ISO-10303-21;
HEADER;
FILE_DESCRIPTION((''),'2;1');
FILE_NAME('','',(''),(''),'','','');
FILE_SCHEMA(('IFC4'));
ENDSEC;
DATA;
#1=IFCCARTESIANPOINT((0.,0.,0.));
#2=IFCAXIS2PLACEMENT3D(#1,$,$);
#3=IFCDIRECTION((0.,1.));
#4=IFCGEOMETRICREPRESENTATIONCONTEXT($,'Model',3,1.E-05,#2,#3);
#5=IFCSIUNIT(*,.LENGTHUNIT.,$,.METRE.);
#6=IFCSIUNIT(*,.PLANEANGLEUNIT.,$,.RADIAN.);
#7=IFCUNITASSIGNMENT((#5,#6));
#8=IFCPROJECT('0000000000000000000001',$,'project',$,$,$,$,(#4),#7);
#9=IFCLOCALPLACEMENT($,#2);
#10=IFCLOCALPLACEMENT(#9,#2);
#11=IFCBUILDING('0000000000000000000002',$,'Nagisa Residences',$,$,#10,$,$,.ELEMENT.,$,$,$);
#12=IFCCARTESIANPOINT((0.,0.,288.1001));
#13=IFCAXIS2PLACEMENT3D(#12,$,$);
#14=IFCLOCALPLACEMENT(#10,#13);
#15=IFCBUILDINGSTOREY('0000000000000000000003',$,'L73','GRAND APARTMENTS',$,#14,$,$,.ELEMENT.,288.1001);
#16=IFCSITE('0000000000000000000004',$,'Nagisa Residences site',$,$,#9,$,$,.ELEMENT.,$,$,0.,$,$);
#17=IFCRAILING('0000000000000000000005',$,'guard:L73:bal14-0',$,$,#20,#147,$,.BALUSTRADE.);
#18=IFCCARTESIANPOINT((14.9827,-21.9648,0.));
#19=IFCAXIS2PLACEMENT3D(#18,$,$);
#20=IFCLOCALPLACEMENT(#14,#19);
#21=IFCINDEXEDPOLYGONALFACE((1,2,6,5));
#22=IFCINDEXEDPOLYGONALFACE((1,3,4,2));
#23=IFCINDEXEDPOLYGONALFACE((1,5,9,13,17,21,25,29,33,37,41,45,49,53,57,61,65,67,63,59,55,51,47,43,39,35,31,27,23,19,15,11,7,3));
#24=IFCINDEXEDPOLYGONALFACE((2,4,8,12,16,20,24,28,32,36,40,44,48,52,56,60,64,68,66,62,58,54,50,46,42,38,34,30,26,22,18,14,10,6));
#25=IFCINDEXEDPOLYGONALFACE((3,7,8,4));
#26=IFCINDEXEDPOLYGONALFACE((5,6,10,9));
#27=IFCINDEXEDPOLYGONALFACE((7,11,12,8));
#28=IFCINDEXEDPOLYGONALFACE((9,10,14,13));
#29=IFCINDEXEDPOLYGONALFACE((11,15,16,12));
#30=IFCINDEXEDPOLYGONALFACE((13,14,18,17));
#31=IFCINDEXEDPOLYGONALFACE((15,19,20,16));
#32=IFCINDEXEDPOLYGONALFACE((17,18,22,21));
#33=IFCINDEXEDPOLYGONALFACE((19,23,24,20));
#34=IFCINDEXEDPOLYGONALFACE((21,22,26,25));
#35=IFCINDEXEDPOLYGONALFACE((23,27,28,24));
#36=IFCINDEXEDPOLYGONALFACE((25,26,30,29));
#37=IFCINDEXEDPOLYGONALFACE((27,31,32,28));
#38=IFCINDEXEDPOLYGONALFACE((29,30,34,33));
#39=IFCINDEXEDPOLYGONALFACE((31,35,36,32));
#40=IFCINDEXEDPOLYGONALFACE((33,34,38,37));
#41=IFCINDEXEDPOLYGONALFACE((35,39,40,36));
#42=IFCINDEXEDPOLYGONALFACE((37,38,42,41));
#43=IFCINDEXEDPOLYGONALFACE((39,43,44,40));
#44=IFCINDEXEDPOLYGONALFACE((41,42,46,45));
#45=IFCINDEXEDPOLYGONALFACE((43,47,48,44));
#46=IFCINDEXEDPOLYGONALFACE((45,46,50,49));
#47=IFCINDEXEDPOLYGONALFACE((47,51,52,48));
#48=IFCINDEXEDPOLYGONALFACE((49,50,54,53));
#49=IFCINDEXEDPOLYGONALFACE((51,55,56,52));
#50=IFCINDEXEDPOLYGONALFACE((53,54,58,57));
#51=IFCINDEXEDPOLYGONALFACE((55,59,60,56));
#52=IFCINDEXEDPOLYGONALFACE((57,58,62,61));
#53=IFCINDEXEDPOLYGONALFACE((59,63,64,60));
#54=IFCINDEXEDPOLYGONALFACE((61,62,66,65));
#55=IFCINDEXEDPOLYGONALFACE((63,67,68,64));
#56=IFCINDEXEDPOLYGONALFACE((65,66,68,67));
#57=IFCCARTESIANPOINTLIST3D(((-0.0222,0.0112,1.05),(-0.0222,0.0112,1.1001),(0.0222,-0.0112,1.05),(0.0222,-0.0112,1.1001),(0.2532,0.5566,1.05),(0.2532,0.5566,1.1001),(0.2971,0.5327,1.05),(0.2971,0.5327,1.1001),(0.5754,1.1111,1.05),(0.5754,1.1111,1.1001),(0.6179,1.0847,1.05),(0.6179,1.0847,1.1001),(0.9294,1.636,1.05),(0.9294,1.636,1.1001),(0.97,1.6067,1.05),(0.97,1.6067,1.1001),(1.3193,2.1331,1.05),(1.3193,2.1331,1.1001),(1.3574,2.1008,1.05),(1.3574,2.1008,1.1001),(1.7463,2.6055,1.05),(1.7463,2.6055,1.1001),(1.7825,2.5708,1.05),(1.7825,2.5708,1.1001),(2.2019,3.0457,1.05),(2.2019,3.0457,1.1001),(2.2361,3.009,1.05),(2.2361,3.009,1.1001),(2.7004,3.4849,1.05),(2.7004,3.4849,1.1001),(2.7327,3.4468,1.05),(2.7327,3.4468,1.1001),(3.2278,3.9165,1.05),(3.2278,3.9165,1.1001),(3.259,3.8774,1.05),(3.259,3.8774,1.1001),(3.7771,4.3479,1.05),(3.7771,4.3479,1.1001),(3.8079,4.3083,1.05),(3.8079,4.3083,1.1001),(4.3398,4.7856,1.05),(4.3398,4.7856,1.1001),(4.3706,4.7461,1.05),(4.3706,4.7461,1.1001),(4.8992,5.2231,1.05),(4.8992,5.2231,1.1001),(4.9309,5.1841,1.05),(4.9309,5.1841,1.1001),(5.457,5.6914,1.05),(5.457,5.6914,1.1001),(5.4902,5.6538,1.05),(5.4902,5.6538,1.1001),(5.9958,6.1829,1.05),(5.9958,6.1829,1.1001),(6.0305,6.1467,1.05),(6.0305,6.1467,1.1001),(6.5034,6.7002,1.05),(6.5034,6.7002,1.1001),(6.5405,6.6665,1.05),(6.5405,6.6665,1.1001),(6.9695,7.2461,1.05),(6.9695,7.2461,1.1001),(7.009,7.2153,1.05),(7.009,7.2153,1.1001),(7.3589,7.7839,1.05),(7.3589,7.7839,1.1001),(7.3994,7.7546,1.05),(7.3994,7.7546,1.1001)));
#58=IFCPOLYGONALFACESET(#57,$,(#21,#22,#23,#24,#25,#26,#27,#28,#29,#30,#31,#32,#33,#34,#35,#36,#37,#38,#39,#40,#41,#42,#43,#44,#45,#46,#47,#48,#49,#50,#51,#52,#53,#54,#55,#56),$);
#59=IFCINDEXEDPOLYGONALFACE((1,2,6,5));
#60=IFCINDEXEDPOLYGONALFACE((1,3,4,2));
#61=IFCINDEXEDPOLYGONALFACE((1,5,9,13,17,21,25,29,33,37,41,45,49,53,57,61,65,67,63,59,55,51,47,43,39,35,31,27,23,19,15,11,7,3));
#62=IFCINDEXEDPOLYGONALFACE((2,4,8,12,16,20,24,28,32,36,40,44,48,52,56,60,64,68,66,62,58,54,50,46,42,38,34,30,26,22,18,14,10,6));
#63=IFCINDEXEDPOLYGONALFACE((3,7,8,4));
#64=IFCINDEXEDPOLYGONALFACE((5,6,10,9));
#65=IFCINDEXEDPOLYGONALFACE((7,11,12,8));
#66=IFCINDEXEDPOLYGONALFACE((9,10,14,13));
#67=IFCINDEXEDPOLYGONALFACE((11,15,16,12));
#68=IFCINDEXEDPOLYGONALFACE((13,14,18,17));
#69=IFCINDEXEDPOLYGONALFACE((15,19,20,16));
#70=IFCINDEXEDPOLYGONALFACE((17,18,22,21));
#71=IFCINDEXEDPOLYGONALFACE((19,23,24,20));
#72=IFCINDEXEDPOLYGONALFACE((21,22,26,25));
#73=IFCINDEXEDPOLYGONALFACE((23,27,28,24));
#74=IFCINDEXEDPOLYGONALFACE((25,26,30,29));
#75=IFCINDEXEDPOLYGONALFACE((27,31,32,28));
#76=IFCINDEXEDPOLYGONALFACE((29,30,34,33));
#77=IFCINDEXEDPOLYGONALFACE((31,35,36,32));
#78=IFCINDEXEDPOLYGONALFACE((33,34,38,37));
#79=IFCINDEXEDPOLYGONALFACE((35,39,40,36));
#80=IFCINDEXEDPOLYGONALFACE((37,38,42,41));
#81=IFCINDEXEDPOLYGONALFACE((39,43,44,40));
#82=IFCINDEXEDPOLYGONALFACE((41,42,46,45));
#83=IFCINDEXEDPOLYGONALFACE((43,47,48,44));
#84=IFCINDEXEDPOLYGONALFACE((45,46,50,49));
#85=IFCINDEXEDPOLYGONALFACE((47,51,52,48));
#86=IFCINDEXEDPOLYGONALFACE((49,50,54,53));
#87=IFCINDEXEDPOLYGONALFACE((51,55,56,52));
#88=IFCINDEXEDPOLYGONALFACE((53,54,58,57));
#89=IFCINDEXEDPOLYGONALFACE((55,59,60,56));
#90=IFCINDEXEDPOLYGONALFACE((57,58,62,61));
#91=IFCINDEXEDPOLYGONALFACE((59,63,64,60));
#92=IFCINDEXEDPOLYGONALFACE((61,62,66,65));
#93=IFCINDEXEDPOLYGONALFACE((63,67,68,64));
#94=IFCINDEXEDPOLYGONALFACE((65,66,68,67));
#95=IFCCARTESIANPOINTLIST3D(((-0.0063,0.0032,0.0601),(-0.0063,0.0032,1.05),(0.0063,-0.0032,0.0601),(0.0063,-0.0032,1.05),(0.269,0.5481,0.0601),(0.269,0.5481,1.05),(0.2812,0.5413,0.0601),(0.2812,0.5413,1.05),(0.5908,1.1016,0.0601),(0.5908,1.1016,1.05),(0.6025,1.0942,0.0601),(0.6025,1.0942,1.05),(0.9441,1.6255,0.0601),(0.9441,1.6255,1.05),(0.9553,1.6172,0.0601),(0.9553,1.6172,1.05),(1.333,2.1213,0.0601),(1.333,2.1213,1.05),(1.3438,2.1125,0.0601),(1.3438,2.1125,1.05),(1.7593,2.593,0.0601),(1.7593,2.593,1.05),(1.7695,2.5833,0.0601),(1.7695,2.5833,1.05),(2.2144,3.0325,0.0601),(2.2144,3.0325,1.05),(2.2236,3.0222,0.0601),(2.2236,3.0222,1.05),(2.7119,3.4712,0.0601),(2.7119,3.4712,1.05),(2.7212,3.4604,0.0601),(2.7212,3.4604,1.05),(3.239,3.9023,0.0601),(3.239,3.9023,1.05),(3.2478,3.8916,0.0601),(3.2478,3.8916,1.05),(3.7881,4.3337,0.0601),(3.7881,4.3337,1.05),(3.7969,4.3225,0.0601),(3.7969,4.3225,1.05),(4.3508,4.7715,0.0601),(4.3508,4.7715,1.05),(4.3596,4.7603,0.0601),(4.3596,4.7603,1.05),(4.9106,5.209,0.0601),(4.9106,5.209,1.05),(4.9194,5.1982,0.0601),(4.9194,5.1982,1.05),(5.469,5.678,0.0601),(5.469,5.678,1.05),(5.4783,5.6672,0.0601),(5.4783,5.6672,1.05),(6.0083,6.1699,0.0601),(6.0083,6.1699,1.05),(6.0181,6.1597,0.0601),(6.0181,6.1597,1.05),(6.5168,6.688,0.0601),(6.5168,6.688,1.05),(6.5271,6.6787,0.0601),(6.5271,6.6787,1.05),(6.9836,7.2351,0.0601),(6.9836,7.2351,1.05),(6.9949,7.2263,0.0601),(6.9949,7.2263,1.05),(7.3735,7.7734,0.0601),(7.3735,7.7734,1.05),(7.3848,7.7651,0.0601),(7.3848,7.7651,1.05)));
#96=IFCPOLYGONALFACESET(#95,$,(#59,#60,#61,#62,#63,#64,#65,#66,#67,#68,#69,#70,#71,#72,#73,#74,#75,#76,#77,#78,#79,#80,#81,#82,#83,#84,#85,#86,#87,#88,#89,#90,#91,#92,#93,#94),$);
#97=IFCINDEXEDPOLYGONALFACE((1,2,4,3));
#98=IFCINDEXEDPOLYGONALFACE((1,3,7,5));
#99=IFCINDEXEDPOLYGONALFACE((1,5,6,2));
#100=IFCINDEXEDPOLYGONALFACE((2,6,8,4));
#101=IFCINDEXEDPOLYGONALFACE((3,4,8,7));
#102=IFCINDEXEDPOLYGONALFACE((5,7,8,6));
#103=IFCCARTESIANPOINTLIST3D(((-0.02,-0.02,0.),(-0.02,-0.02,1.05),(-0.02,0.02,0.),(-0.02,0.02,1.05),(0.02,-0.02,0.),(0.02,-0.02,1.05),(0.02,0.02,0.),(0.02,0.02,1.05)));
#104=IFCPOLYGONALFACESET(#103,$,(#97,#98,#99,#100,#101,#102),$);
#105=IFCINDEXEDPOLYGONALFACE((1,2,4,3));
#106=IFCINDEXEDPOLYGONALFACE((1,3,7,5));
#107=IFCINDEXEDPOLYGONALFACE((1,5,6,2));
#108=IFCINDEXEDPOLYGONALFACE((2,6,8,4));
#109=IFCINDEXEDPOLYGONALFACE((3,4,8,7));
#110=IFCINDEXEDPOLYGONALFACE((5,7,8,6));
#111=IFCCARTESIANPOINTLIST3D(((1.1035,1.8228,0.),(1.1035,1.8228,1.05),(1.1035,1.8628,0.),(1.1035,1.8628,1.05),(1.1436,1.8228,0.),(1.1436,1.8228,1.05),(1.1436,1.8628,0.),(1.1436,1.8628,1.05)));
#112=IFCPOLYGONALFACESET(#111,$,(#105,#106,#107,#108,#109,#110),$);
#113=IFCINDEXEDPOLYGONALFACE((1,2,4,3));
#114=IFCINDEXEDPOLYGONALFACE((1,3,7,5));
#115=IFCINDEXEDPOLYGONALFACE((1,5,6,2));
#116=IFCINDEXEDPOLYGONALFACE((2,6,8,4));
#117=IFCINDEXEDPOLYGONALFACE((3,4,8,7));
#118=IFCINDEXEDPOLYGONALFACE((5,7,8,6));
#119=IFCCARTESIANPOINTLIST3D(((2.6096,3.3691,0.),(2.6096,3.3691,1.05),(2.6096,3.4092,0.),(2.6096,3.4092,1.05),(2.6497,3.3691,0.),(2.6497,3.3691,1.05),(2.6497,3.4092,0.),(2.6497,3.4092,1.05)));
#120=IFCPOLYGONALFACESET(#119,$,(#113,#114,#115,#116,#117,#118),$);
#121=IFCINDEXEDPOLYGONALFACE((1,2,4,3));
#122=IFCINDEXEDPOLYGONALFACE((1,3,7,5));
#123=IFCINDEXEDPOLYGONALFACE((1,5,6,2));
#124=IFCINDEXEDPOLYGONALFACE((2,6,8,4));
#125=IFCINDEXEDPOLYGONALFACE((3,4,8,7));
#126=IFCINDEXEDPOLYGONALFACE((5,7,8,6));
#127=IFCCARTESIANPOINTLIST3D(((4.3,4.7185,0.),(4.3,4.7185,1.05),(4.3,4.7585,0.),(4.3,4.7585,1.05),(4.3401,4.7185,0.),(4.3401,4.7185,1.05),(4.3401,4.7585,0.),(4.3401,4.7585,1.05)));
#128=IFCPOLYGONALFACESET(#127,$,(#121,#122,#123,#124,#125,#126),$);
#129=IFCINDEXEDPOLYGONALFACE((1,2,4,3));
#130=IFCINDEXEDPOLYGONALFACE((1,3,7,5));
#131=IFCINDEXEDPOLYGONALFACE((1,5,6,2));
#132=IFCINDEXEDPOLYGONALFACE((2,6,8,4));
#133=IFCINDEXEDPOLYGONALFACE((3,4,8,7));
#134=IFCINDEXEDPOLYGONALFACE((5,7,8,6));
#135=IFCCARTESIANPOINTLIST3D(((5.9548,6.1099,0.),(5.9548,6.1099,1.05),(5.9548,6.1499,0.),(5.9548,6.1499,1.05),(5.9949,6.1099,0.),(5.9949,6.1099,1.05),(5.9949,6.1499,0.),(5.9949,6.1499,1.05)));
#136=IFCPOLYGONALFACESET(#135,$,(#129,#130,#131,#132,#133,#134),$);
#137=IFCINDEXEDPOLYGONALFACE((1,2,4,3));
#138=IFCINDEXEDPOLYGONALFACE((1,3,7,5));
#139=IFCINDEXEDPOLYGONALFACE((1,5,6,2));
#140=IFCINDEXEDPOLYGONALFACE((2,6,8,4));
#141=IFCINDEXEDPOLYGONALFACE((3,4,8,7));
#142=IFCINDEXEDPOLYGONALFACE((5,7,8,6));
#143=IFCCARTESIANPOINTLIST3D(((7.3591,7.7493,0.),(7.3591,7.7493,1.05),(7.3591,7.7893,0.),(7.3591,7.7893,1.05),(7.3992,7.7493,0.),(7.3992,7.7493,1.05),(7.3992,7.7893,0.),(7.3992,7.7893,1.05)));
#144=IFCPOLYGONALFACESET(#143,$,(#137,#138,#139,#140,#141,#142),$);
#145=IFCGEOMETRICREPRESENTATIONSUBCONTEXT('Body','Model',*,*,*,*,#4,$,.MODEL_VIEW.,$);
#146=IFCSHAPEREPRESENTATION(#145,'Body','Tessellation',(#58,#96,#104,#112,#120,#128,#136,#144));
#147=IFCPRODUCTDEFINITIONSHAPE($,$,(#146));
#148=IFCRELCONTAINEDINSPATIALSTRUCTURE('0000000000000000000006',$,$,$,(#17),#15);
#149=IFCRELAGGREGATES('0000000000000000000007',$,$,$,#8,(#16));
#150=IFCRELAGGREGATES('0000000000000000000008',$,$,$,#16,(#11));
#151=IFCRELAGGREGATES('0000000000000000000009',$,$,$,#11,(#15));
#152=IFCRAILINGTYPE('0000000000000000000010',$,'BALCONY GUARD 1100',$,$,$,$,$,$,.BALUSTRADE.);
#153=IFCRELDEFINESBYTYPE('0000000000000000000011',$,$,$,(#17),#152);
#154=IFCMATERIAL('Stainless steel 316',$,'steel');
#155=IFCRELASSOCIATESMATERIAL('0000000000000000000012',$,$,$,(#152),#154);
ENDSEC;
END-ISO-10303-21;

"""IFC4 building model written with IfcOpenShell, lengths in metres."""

from ifc_helpers import new_model, si_unit, direction, frame, origin, origin_2d, place, context, subcontext, project, spatial, polyline, rectangle, outline, extrude, material, type_object, element, save


model = new_model("IFC4")

# Units and contexts
model_context = context("Model", 3, precision=1e-05, world=origin(), true_north=direction((0.0, 1.0)))
body_context = subcontext(model_context, "Body", "Model", "MODEL_VIEW")
ifc_project = project(units=[si_unit("LENGTHUNIT", "METRE"), si_unit("PLANEANGLEUNIT", "RADIAN")], contexts=[model_context])

# Site, building, storey
site_placement = place(None, origin())
site = spatial("IfcSite", under=ifc_project, at=site_placement, Name="Nagisa Residences site", CompositionType="ELEMENT", RefElevation=0.0)
building_placement = place(site_placement, origin())
building = spatial("IfcBuilding", under=site, at=building_placement, Name="Nagisa Residences", CompositionType="ELEMENT")
storey_placement = place(building_placement, frame((0.0, 0.0, 288.1001)))
storey = spatial("IfcBuildingStorey", under=building, at=storey_placement, Name="L73", Description="GRAND APARTMENTS", CompositionType="ELEMENT", Elevation=288.1001)

# Railing
ifc_material_1 = material(Name="Stainless steel 316", Category="steel")
railing_type = type_object("IfcRailingType", Name="BALCONY GUARD 1100", PredefinedType="BALUSTRADE", material=ifc_material_1)
railing_1_placement = place(storey_placement, frame((14.9827, -21.9648, 0.0)))
element("IfcRailing", 1, at=railing_1_placement, inside=storey, type_object=railing_type, Name="guard:L73:bal14-0", PredefinedType="BALUSTRADE", context=body_context, shape_type="SweptSolid", body=[
    extrude(outline(polyline([(0.2532, 0.5566), (-0.0222, 0.0112), (0.0222, -0.0112), (0.2971, 0.5327), (0.6179, 1.0847), (0.97, 1.6067), (1.3574, 2.1008), (1.7825, 2.5708), (2.2361, 3.009), (2.7327, 3.4468), (3.259, 3.8774), (3.8079, 4.3083), (4.3706, 4.7461), (4.9309, 5.1841), (5.4902, 5.6538), (6.0305, 6.1467), (6.5405, 6.6665), (7.009, 7.2153), (7.3994, 7.7546), (7.3589, 7.7839), (6.9695, 7.2461), (6.5034, 6.7002), (5.9958, 6.1829), (5.457, 5.6914), (4.8992, 5.2231), (4.3398, 4.7856), (3.7771, 4.3479), (3.2278, 3.9165), (2.7004, 3.4849), (2.2019, 3.0457), (1.7463, 2.6055), (1.3193, 2.1331), (0.9294, 1.636), (0.5754, 1.1111), (0.2532, 0.5566)])), frame((0.0, 0.0, 1.05)), (0.0, 0.0, 1.0), 0.05),
    extrude(outline(polyline([(0.269, 0.5481), (-0.0063, 0.0032), (0.0063, -0.0032), (0.2812, 0.5413), (0.6025, 1.0942), (0.9553, 1.6172), (1.3438, 2.1125), (1.7695, 2.5833), (2.2236, 3.0222), (2.7212, 3.4604), (3.2478, 3.8916), (3.7969, 4.3225), (4.3596, 4.7603), (4.9194, 5.1982), (5.4783, 5.6672), (6.0181, 6.1597), (6.5271, 6.6787), (6.9949, 7.2263), (7.3848, 7.7651), (7.3735, 7.7734), (6.9836, 7.2351), (6.5168, 6.688), (6.0083, 6.1699), (5.469, 5.678), (4.9106, 5.209), (4.3508, 4.7715), (3.7881, 4.3337), (3.239, 3.9023), (2.7119, 3.4712), (2.2144, 3.0325), (1.7593, 2.593), (1.333, 2.1213), (0.9441, 1.6255), (0.5908, 1.1016), (0.269, 0.5481)])), frame((0.0, 0.0, 0.0601)), (0.0, 0.0, 1.0), 0.99),
    extrude(rectangle(XDim=0.04, YDim=0.04, at=origin_2d()), origin(), (0.0, 0.0, 1.0), 1.05),
    extrude(rectangle(XDim=0.04, YDim=0.04, at=origin_2d()), frame((1.1235, 1.8428, 0.0)), (0.0, 0.0, 1.0), 1.05),
    extrude(rectangle(XDim=0.04, YDim=0.04, at=origin_2d()), frame((2.6296, 3.3892, 0.0)), (0.0, 0.0, 1.0), 1.05),
    extrude(rectangle(XDim=0.04, YDim=0.04, at=origin_2d()), frame((4.3201, 4.7385, 0.0)), (0.0, 0.0, 1.0), 1.05),
    extrude(rectangle(XDim=0.04, YDim=0.04, at=origin_2d()), frame((5.9749, 6.1299, 0.0)), (0.0, 0.0, 1.0), 1.05),
    extrude(rectangle(XDim=0.04, YDim=0.04, at=origin_2d()), frame((7.3792, 7.7693, 0.0)), (0.0, 0.0, 1.0), 1.05),
])

save(model, "model.ifc")
